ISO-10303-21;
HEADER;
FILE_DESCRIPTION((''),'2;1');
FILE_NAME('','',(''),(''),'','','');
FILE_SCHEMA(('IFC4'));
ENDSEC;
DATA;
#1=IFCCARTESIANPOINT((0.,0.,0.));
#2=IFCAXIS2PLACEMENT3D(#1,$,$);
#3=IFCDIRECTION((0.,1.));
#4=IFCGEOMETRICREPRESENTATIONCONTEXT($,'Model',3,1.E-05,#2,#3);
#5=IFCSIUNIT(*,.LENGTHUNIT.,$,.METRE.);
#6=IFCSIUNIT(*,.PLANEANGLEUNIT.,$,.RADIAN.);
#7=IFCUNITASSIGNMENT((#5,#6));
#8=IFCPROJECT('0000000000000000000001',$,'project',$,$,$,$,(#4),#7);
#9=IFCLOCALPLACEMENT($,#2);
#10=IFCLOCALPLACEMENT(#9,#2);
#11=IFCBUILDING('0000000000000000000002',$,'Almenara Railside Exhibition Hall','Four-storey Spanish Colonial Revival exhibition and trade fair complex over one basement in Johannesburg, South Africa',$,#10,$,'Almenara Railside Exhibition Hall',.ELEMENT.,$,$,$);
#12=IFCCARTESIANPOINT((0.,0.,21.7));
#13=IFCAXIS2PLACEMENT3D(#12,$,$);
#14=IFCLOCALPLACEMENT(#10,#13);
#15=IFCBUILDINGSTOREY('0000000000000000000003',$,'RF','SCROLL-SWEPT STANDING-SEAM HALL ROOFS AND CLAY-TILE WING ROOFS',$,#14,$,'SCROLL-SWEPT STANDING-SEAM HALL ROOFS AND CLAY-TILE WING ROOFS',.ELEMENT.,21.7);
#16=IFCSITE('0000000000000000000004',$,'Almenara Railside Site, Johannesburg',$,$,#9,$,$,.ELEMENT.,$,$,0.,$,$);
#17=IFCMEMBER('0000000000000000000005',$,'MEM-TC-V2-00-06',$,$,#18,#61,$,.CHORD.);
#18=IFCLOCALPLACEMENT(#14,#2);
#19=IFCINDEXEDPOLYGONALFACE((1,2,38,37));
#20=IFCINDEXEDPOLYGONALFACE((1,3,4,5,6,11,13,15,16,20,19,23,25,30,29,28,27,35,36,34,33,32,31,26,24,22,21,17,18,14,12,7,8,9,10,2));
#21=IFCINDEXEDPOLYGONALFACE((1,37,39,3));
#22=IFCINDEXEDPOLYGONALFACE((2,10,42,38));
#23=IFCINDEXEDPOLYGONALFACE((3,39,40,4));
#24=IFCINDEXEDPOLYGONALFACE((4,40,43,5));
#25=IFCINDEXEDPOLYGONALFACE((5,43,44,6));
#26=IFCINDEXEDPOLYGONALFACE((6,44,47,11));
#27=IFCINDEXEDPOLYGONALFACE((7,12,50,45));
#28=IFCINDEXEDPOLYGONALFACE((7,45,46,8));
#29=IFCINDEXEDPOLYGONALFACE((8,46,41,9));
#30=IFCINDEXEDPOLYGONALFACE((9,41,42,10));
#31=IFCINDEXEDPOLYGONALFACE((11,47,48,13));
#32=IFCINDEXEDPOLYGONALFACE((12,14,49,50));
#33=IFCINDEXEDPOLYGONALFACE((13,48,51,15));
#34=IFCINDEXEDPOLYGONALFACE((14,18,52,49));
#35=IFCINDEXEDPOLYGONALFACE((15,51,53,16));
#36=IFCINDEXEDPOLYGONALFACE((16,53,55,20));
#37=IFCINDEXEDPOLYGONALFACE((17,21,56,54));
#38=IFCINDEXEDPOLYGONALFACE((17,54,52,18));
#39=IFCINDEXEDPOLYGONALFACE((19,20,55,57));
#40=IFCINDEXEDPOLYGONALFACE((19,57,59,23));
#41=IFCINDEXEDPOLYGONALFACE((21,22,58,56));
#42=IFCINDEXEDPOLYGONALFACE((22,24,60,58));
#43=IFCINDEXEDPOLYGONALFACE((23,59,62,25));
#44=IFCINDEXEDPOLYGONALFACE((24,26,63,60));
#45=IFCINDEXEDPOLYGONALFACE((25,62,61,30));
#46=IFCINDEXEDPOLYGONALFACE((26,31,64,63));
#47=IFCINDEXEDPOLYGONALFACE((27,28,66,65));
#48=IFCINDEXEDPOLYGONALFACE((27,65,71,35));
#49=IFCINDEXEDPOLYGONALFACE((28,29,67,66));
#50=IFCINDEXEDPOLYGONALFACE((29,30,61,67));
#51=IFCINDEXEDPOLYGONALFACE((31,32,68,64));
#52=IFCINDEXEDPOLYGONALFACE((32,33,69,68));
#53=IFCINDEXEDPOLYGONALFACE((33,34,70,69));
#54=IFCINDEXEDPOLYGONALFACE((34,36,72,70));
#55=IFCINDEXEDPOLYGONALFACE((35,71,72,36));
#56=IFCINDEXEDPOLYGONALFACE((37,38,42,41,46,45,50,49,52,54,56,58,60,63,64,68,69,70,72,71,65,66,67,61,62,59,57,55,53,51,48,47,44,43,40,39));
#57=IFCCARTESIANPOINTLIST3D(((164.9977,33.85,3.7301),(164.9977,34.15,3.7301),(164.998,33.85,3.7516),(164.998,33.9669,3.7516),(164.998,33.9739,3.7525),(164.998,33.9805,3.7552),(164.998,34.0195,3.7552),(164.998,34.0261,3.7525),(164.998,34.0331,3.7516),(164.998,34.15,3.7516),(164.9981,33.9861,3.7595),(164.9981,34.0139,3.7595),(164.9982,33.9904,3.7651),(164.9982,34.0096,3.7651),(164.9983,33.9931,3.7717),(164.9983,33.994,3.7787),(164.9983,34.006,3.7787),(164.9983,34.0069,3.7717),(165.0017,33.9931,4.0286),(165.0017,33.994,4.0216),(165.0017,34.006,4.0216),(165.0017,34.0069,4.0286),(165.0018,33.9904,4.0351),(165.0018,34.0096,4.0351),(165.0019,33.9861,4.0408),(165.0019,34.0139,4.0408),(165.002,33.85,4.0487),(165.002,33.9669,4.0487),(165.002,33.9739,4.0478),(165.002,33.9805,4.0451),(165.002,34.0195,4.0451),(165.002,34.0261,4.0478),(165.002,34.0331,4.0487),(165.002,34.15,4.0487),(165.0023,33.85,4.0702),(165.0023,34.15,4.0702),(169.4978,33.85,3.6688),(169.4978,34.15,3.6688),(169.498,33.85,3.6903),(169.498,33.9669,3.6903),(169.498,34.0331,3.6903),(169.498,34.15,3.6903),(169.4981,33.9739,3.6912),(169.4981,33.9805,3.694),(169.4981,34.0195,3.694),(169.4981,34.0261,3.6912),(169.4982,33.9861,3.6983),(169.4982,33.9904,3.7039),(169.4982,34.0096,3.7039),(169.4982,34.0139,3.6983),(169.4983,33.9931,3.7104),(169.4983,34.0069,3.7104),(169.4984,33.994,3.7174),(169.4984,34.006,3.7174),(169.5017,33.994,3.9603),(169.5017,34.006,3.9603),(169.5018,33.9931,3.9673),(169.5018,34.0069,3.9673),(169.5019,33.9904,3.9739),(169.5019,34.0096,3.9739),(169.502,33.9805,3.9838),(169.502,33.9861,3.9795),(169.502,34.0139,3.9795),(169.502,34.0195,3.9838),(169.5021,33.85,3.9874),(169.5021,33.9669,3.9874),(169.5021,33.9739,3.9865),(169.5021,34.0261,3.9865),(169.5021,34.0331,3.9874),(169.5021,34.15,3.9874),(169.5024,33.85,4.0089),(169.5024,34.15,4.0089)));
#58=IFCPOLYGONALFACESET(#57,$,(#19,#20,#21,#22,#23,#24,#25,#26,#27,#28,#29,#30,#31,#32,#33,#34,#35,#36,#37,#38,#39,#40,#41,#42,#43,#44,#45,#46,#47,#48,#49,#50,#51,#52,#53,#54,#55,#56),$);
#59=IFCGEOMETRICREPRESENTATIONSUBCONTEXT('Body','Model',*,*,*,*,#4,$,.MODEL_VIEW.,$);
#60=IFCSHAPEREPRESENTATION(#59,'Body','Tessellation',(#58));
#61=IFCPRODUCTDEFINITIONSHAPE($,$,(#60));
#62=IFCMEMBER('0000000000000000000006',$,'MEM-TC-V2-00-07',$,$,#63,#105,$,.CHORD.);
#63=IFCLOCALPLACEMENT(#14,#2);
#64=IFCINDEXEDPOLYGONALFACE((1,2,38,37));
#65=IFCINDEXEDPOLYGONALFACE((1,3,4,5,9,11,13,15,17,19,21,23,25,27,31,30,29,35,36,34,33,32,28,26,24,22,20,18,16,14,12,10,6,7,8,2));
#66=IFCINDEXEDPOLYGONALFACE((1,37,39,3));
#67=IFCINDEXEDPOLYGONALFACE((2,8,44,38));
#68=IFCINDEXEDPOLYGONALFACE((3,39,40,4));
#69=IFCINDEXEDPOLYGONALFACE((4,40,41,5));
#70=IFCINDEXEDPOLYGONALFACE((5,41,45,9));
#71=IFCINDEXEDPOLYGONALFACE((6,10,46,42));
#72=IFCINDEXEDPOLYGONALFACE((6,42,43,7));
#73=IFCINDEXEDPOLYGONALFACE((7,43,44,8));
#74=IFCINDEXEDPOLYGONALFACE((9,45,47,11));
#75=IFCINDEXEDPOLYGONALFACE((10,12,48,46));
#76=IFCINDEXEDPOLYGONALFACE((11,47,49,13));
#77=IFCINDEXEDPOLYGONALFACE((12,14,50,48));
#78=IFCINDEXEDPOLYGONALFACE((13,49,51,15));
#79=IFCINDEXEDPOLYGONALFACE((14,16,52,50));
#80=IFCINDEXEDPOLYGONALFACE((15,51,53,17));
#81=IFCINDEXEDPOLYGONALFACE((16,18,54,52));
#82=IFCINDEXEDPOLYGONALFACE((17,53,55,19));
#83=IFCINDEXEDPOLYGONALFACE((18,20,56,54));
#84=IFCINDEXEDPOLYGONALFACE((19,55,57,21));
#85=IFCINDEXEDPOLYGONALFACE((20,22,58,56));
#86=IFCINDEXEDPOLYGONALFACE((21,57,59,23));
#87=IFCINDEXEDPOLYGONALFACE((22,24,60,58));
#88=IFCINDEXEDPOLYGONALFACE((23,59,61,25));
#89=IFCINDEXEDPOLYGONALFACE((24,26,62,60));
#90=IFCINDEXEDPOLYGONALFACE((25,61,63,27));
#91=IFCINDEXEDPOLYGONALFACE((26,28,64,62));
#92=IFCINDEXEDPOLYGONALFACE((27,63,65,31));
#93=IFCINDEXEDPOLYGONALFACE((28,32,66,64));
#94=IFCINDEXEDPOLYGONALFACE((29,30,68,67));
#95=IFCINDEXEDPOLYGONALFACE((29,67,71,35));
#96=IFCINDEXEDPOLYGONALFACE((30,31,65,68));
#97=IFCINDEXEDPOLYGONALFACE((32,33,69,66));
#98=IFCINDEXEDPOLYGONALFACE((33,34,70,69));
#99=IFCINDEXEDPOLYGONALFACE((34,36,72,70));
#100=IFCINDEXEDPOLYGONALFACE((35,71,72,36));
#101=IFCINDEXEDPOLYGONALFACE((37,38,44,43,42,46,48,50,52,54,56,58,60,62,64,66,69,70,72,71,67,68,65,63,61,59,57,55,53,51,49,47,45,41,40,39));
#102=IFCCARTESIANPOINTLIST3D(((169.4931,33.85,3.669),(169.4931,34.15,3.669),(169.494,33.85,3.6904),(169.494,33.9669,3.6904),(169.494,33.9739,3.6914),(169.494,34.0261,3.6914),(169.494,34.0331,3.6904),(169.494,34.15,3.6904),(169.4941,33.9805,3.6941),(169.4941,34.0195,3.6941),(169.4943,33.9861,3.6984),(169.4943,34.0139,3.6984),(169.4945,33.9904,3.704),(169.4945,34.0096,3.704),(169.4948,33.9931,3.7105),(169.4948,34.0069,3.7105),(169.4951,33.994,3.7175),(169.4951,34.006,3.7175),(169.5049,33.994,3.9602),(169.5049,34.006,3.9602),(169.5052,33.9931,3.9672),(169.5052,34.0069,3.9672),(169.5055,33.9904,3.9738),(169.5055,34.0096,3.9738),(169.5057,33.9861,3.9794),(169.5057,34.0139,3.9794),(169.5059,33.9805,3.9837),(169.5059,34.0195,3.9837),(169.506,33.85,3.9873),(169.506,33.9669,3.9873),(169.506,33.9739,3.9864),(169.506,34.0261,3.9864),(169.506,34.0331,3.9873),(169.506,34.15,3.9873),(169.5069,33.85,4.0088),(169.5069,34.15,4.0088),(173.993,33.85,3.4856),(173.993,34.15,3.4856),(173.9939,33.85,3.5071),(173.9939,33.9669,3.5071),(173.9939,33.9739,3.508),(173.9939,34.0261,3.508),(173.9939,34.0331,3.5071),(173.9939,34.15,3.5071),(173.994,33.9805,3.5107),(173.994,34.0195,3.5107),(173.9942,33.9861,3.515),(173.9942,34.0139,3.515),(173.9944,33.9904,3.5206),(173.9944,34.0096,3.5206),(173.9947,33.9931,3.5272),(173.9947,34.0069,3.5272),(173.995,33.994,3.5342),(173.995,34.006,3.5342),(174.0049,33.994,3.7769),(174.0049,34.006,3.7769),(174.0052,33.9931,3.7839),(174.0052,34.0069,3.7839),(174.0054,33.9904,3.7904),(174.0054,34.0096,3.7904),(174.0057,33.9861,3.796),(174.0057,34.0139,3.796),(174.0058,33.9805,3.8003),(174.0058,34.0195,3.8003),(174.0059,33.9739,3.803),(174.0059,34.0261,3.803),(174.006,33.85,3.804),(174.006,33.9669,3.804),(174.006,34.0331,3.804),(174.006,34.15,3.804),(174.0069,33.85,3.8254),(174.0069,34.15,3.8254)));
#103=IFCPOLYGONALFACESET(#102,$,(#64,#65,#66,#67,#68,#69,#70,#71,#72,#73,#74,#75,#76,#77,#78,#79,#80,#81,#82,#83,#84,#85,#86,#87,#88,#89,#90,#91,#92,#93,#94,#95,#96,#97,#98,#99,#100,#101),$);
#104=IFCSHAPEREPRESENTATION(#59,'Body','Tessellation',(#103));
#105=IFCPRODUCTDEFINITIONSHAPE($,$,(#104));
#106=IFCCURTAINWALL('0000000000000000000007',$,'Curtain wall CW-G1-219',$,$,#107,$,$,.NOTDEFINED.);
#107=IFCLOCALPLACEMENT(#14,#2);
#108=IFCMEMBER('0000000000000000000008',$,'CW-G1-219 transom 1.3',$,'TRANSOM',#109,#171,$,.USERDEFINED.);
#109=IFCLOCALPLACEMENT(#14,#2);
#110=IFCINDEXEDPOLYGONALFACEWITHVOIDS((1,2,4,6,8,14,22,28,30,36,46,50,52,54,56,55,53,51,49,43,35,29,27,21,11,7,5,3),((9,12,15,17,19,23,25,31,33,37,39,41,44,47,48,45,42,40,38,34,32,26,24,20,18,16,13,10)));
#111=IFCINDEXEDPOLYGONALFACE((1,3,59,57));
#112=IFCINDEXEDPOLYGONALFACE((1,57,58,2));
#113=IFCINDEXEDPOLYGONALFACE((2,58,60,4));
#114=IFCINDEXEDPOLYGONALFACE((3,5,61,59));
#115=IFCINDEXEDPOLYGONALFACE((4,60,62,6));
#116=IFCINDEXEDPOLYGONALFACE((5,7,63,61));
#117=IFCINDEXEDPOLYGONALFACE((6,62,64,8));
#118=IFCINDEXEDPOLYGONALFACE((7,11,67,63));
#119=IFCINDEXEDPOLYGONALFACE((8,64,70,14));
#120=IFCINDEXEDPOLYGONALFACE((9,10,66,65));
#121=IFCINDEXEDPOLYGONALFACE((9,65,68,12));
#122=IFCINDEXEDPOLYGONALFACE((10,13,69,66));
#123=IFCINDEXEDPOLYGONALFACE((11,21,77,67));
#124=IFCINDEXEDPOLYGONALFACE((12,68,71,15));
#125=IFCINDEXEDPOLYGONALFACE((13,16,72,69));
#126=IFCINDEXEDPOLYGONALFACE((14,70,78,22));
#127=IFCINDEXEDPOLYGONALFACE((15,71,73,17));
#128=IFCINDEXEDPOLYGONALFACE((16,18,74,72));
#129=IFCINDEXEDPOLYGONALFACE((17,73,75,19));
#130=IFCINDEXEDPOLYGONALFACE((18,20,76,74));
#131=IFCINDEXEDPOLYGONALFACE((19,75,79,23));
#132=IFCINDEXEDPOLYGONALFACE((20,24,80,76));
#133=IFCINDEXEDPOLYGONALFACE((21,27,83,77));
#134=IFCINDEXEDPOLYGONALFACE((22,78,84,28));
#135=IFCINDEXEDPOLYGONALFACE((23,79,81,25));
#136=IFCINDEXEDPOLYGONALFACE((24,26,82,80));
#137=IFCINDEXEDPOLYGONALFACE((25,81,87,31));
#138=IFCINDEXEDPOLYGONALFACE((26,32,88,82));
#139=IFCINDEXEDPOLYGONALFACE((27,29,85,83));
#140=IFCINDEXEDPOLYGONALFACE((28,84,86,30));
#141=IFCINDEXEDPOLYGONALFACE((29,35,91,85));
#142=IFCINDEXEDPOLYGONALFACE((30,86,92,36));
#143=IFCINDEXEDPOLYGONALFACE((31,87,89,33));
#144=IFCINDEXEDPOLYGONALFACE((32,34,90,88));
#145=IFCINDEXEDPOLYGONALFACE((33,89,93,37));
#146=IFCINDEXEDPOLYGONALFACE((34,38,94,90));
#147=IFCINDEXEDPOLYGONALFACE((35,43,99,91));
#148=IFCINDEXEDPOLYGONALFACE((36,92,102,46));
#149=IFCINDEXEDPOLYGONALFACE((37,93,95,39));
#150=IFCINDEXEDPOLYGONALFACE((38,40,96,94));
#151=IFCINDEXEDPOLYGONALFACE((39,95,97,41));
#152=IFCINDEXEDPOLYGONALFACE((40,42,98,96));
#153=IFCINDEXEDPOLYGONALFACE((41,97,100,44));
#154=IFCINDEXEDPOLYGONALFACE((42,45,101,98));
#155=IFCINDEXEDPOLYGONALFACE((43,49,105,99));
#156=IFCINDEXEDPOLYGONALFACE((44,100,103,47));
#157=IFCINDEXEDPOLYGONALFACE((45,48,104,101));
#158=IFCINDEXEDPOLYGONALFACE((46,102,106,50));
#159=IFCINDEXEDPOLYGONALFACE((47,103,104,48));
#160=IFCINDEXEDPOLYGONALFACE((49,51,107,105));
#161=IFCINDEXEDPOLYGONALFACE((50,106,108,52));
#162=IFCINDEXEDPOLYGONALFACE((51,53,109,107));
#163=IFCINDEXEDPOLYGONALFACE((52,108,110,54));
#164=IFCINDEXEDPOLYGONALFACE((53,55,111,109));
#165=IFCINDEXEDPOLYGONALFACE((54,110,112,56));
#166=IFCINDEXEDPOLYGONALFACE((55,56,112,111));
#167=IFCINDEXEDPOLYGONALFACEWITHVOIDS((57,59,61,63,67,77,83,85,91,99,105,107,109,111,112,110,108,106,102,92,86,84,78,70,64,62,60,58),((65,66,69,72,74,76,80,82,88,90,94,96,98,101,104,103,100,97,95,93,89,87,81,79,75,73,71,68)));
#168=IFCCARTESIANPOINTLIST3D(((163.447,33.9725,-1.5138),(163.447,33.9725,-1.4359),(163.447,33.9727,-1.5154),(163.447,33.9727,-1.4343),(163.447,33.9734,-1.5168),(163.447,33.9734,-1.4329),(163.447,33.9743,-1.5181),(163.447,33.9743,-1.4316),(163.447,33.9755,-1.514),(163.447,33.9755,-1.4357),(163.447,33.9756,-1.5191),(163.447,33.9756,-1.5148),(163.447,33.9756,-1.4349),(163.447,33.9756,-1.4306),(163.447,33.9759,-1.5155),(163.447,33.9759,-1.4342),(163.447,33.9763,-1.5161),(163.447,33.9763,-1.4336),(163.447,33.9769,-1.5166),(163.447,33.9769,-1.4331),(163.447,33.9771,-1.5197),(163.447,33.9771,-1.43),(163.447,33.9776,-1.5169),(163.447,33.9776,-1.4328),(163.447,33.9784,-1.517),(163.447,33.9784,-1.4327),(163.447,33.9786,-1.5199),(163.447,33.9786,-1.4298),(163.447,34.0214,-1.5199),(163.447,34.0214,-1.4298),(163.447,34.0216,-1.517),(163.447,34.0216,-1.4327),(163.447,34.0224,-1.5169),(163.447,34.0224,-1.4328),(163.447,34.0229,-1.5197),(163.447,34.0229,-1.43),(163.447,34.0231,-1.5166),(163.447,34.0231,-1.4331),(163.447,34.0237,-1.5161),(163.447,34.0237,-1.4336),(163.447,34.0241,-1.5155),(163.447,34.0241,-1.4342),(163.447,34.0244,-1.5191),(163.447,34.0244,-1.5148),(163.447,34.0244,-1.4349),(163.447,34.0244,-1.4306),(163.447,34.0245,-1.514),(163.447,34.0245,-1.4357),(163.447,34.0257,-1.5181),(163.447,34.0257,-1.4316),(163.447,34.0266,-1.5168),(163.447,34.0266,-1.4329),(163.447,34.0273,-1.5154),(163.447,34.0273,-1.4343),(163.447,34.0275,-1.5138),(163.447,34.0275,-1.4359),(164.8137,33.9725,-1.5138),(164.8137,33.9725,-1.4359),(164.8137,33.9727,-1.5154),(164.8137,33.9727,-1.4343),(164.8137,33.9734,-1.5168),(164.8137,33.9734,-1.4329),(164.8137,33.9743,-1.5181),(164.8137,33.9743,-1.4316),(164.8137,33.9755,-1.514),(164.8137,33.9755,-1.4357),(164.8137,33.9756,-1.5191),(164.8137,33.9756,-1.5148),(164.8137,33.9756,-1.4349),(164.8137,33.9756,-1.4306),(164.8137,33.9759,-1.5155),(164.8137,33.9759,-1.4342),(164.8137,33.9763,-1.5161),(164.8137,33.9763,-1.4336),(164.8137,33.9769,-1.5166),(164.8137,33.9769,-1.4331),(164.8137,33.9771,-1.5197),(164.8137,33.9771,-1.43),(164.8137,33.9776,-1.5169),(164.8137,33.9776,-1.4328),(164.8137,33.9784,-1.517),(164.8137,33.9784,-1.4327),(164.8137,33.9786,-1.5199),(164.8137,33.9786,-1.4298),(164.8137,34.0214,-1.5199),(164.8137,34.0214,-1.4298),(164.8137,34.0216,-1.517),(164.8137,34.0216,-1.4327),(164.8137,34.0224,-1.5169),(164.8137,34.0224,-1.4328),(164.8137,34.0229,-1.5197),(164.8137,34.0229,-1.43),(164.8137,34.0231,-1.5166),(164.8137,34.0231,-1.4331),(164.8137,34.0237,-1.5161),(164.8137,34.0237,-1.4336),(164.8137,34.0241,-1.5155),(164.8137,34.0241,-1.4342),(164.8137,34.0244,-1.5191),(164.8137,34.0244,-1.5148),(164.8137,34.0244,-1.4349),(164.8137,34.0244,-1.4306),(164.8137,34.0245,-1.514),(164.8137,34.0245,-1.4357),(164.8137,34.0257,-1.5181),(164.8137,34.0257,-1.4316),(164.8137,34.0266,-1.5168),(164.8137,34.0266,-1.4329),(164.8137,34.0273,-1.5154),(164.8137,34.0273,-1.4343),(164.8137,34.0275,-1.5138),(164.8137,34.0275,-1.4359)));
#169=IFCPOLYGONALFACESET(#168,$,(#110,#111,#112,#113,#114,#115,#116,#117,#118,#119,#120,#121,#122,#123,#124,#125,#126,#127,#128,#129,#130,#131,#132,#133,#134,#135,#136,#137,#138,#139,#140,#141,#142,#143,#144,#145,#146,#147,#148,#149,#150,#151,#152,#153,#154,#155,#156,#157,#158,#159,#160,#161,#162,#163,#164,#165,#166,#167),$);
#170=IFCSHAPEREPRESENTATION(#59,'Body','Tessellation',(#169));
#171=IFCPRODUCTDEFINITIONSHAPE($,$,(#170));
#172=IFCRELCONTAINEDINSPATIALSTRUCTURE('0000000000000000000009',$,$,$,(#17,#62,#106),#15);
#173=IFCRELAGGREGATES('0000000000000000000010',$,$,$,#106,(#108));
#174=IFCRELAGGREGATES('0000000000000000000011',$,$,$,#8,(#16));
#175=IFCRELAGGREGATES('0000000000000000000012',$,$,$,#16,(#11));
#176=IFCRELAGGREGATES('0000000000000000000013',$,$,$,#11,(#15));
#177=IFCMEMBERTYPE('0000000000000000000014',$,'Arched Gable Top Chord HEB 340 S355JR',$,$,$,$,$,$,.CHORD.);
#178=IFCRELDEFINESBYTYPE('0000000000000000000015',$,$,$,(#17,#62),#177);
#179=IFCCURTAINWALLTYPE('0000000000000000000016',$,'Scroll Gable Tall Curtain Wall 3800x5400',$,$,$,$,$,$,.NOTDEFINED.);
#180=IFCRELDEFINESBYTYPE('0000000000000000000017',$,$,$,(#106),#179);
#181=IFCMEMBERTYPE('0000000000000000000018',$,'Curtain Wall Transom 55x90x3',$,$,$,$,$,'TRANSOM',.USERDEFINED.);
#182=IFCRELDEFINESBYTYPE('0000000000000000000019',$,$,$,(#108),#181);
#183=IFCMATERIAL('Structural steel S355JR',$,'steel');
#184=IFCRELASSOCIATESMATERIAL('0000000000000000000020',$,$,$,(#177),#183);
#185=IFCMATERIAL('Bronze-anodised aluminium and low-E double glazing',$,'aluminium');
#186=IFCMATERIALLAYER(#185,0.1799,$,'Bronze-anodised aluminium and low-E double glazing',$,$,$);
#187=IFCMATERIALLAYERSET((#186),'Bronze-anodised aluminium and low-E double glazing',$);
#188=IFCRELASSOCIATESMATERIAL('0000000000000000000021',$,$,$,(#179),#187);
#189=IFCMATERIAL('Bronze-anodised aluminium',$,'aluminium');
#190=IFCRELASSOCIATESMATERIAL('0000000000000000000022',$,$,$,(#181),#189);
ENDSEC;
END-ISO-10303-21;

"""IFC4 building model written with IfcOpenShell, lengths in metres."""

from ifc_helpers import new_model, si_unit, direction, frame, origin, origin_2d, place, context, subcontext, project, spatial, hollow_rectangle, i_section, extrude, material, layer, layer_set, material_profile, profile_set, type_object, element, aggregate, save


model = new_model("IFC4")

# Units and contexts
model_context = context("Model", 3, precision=1e-05, world=origin(), true_north=direction((0.0, 1.0)))
body_context = subcontext(model_context, "Body", "Model", "MODEL_VIEW")
ifc_project = project(units=[si_unit("LENGTHUNIT", "METRE"), si_unit("PLANEANGLEUNIT", "RADIAN")], contexts=[model_context])

# Site, building, storey
site_placement = place(None, origin())
site = spatial("IfcSite", under=ifc_project, at=site_placement, Name="Almenara Railside Site, Johannesburg", CompositionType="ELEMENT", RefElevation=0.0)
building_placement = place(site_placement, origin())
building = spatial("IfcBuilding", under=site, at=building_placement, Name="Almenara Railside Exhibition Hall", Description="Four-storey Spanish Colonial Revival exhibition and trade fair complex over one basement in Johannesburg, South Africa", LongName="Almenara Railside Exhibition Hall", CompositionType="ELEMENT")
storey_placement = place(building_placement, frame((0.0, 0.0, 21.7)))
storey = spatial("IfcBuildingStorey", under=building, at=storey_placement, Name="RF", Description="SCROLL-SWEPT STANDING-SEAM HALL ROOFS AND CLAY-TILE WING ROOFS", LongName="SCROLL-SWEPT STANDING-SEAM HALL ROOFS AND CLAY-TILE WING ROOFS", CompositionType="ELEMENT", Elevation=21.7)

# Members
ifc_material_1 = material(Name="Structural steel S355JR", Category="steel")
ifc_material_profile_1 = material_profile(ifc_material_1, i_section(OverallWidth=0.3, OverallDepth=0.3401, WebThickness=0.012, FlangeThickness=0.0215, FilletRadius=0.0271, at=origin_2d()), Name="HEB 340")
ifc_profile_set_1 = profile_set([ifc_material_profile_1], Name="Structural steel S355JR")
member_type_1 = type_object("IfcMemberType", Name="Arched Gable Top Chord HEB 340 S355JR", PredefinedType="CHORD", material=ifc_profile_set_1)
for number, where, z_axis, x_axis, name in (
    (1, (165.0, 34.0, 3.9001), (0.999907, 0.0, -0.013616), (0.0, 1.0, 0.0), "MEM-TC-V2-00-06"),
):
    element("IfcMember", number, at=place(storey_placement, frame(where, z_axis=z_axis, x_axis=x_axis)), inside=storey, type_object=member_type_1, Name=name, PredefinedType="CHORD", context=body_context, shape_type="SweptSolid", body=[
        extrude(i_section(OverallWidth=0.3, OverallDepth=0.3401, WebThickness=0.012, FlangeThickness=0.0215, FilletRadius=0.0271, at=origin_2d()), origin(), (0.0, 0.0, 1.0), 4.5005),
    ])
member_1_placement = place(storey_placement, frame((169.5, 34.0, 3.8389), z_axis=(0.999171, 0.0, -0.040711), x_axis=(0.0, 1.0, 0.0)))
element("IfcMember", 2, at=member_1_placement, inside=storey, type_object=member_type_1, Name="MEM-TC-V2-00-07", PredefinedType="CHORD", context=body_context, shape_type="SweptSolid", body=[
    extrude(i_section(OverallWidth=0.3, OverallDepth=0.3401, WebThickness=0.012, FlangeThickness=0.0215, FilletRadius=0.0271, at=origin_2d()), origin(), (0.0, 0.0, 1.0), 4.5037),
])

# Curtain wall, member
ifc_material_2 = material(Name="Bronze-anodised aluminium and low-E double glazing", Category="aluminium")
ifc_layer_1 = layer(ifc_material_2, 0.1799, Name="Bronze-anodised aluminium and low-E double glazing")
ifc_layer_set_1 = layer_set([ifc_layer_1], Name="Bronze-anodised aluminium and low-E double glazing")
curtain_wall_type = type_object("IfcCurtainWallType", Name="Scroll Gable Tall Curtain Wall 3800x5400", PredefinedType="NOTDEFINED", material=ifc_layer_set_1)
curtain_wall_1_placement = place(storey_placement, origin())
curtain_wall_1 = element("IfcCurtainWall", 3, at=curtain_wall_1_placement, inside=storey, type_object=curtain_wall_type, Name="Curtain wall CW-G1-219", PredefinedType="NOTDEFINED")
ifc_material_3 = material(Name="Bronze-anodised aluminium", Category="aluminium")
ifc_material_profile_2 = material_profile(ifc_material_3, hollow_rectangle(XDim=0.0549, YDim=0.0901, WallThickness=0.0029, InnerFilletRadius=0.0029, OuterFilletRadius=0.0061, at=origin_2d()), Name="ALU-TRN 55x90x3")
ifc_profile_set_2 = profile_set([ifc_material_profile_2], Name="Bronze-anodised aluminium")
member_type_2 = type_object("IfcMemberType", Name="Curtain Wall Transom 55x90x3", ElementType="TRANSOM", PredefinedType="USERDEFINED", material=ifc_profile_set_2)
member_2_placement = place(storey_placement, frame((163.447, 34.0, -1.4749), z_axis=(1.0, 0.0, 0.0), x_axis=(0.0, 1.0, 0.0)))
member_2 = element("IfcMember", 4, at=member_2_placement, type_object=member_type_2, Name="CW-G1-219 transom 1.3", ObjectType="TRANSOM", PredefinedType="USERDEFINED", context=body_context, shape_type="SweptSolid", body=[
    extrude(hollow_rectangle(XDim=0.0549, YDim=0.0901, WallThickness=0.0029, InnerFilletRadius=0.0029, OuterFilletRadius=0.0061, at=origin_2d()), origin(), (0.0, 0.0, 1.0), 1.3667),
])

aggregate(curtain_wall_1, [member_2])

save(model, "model.ifc")
